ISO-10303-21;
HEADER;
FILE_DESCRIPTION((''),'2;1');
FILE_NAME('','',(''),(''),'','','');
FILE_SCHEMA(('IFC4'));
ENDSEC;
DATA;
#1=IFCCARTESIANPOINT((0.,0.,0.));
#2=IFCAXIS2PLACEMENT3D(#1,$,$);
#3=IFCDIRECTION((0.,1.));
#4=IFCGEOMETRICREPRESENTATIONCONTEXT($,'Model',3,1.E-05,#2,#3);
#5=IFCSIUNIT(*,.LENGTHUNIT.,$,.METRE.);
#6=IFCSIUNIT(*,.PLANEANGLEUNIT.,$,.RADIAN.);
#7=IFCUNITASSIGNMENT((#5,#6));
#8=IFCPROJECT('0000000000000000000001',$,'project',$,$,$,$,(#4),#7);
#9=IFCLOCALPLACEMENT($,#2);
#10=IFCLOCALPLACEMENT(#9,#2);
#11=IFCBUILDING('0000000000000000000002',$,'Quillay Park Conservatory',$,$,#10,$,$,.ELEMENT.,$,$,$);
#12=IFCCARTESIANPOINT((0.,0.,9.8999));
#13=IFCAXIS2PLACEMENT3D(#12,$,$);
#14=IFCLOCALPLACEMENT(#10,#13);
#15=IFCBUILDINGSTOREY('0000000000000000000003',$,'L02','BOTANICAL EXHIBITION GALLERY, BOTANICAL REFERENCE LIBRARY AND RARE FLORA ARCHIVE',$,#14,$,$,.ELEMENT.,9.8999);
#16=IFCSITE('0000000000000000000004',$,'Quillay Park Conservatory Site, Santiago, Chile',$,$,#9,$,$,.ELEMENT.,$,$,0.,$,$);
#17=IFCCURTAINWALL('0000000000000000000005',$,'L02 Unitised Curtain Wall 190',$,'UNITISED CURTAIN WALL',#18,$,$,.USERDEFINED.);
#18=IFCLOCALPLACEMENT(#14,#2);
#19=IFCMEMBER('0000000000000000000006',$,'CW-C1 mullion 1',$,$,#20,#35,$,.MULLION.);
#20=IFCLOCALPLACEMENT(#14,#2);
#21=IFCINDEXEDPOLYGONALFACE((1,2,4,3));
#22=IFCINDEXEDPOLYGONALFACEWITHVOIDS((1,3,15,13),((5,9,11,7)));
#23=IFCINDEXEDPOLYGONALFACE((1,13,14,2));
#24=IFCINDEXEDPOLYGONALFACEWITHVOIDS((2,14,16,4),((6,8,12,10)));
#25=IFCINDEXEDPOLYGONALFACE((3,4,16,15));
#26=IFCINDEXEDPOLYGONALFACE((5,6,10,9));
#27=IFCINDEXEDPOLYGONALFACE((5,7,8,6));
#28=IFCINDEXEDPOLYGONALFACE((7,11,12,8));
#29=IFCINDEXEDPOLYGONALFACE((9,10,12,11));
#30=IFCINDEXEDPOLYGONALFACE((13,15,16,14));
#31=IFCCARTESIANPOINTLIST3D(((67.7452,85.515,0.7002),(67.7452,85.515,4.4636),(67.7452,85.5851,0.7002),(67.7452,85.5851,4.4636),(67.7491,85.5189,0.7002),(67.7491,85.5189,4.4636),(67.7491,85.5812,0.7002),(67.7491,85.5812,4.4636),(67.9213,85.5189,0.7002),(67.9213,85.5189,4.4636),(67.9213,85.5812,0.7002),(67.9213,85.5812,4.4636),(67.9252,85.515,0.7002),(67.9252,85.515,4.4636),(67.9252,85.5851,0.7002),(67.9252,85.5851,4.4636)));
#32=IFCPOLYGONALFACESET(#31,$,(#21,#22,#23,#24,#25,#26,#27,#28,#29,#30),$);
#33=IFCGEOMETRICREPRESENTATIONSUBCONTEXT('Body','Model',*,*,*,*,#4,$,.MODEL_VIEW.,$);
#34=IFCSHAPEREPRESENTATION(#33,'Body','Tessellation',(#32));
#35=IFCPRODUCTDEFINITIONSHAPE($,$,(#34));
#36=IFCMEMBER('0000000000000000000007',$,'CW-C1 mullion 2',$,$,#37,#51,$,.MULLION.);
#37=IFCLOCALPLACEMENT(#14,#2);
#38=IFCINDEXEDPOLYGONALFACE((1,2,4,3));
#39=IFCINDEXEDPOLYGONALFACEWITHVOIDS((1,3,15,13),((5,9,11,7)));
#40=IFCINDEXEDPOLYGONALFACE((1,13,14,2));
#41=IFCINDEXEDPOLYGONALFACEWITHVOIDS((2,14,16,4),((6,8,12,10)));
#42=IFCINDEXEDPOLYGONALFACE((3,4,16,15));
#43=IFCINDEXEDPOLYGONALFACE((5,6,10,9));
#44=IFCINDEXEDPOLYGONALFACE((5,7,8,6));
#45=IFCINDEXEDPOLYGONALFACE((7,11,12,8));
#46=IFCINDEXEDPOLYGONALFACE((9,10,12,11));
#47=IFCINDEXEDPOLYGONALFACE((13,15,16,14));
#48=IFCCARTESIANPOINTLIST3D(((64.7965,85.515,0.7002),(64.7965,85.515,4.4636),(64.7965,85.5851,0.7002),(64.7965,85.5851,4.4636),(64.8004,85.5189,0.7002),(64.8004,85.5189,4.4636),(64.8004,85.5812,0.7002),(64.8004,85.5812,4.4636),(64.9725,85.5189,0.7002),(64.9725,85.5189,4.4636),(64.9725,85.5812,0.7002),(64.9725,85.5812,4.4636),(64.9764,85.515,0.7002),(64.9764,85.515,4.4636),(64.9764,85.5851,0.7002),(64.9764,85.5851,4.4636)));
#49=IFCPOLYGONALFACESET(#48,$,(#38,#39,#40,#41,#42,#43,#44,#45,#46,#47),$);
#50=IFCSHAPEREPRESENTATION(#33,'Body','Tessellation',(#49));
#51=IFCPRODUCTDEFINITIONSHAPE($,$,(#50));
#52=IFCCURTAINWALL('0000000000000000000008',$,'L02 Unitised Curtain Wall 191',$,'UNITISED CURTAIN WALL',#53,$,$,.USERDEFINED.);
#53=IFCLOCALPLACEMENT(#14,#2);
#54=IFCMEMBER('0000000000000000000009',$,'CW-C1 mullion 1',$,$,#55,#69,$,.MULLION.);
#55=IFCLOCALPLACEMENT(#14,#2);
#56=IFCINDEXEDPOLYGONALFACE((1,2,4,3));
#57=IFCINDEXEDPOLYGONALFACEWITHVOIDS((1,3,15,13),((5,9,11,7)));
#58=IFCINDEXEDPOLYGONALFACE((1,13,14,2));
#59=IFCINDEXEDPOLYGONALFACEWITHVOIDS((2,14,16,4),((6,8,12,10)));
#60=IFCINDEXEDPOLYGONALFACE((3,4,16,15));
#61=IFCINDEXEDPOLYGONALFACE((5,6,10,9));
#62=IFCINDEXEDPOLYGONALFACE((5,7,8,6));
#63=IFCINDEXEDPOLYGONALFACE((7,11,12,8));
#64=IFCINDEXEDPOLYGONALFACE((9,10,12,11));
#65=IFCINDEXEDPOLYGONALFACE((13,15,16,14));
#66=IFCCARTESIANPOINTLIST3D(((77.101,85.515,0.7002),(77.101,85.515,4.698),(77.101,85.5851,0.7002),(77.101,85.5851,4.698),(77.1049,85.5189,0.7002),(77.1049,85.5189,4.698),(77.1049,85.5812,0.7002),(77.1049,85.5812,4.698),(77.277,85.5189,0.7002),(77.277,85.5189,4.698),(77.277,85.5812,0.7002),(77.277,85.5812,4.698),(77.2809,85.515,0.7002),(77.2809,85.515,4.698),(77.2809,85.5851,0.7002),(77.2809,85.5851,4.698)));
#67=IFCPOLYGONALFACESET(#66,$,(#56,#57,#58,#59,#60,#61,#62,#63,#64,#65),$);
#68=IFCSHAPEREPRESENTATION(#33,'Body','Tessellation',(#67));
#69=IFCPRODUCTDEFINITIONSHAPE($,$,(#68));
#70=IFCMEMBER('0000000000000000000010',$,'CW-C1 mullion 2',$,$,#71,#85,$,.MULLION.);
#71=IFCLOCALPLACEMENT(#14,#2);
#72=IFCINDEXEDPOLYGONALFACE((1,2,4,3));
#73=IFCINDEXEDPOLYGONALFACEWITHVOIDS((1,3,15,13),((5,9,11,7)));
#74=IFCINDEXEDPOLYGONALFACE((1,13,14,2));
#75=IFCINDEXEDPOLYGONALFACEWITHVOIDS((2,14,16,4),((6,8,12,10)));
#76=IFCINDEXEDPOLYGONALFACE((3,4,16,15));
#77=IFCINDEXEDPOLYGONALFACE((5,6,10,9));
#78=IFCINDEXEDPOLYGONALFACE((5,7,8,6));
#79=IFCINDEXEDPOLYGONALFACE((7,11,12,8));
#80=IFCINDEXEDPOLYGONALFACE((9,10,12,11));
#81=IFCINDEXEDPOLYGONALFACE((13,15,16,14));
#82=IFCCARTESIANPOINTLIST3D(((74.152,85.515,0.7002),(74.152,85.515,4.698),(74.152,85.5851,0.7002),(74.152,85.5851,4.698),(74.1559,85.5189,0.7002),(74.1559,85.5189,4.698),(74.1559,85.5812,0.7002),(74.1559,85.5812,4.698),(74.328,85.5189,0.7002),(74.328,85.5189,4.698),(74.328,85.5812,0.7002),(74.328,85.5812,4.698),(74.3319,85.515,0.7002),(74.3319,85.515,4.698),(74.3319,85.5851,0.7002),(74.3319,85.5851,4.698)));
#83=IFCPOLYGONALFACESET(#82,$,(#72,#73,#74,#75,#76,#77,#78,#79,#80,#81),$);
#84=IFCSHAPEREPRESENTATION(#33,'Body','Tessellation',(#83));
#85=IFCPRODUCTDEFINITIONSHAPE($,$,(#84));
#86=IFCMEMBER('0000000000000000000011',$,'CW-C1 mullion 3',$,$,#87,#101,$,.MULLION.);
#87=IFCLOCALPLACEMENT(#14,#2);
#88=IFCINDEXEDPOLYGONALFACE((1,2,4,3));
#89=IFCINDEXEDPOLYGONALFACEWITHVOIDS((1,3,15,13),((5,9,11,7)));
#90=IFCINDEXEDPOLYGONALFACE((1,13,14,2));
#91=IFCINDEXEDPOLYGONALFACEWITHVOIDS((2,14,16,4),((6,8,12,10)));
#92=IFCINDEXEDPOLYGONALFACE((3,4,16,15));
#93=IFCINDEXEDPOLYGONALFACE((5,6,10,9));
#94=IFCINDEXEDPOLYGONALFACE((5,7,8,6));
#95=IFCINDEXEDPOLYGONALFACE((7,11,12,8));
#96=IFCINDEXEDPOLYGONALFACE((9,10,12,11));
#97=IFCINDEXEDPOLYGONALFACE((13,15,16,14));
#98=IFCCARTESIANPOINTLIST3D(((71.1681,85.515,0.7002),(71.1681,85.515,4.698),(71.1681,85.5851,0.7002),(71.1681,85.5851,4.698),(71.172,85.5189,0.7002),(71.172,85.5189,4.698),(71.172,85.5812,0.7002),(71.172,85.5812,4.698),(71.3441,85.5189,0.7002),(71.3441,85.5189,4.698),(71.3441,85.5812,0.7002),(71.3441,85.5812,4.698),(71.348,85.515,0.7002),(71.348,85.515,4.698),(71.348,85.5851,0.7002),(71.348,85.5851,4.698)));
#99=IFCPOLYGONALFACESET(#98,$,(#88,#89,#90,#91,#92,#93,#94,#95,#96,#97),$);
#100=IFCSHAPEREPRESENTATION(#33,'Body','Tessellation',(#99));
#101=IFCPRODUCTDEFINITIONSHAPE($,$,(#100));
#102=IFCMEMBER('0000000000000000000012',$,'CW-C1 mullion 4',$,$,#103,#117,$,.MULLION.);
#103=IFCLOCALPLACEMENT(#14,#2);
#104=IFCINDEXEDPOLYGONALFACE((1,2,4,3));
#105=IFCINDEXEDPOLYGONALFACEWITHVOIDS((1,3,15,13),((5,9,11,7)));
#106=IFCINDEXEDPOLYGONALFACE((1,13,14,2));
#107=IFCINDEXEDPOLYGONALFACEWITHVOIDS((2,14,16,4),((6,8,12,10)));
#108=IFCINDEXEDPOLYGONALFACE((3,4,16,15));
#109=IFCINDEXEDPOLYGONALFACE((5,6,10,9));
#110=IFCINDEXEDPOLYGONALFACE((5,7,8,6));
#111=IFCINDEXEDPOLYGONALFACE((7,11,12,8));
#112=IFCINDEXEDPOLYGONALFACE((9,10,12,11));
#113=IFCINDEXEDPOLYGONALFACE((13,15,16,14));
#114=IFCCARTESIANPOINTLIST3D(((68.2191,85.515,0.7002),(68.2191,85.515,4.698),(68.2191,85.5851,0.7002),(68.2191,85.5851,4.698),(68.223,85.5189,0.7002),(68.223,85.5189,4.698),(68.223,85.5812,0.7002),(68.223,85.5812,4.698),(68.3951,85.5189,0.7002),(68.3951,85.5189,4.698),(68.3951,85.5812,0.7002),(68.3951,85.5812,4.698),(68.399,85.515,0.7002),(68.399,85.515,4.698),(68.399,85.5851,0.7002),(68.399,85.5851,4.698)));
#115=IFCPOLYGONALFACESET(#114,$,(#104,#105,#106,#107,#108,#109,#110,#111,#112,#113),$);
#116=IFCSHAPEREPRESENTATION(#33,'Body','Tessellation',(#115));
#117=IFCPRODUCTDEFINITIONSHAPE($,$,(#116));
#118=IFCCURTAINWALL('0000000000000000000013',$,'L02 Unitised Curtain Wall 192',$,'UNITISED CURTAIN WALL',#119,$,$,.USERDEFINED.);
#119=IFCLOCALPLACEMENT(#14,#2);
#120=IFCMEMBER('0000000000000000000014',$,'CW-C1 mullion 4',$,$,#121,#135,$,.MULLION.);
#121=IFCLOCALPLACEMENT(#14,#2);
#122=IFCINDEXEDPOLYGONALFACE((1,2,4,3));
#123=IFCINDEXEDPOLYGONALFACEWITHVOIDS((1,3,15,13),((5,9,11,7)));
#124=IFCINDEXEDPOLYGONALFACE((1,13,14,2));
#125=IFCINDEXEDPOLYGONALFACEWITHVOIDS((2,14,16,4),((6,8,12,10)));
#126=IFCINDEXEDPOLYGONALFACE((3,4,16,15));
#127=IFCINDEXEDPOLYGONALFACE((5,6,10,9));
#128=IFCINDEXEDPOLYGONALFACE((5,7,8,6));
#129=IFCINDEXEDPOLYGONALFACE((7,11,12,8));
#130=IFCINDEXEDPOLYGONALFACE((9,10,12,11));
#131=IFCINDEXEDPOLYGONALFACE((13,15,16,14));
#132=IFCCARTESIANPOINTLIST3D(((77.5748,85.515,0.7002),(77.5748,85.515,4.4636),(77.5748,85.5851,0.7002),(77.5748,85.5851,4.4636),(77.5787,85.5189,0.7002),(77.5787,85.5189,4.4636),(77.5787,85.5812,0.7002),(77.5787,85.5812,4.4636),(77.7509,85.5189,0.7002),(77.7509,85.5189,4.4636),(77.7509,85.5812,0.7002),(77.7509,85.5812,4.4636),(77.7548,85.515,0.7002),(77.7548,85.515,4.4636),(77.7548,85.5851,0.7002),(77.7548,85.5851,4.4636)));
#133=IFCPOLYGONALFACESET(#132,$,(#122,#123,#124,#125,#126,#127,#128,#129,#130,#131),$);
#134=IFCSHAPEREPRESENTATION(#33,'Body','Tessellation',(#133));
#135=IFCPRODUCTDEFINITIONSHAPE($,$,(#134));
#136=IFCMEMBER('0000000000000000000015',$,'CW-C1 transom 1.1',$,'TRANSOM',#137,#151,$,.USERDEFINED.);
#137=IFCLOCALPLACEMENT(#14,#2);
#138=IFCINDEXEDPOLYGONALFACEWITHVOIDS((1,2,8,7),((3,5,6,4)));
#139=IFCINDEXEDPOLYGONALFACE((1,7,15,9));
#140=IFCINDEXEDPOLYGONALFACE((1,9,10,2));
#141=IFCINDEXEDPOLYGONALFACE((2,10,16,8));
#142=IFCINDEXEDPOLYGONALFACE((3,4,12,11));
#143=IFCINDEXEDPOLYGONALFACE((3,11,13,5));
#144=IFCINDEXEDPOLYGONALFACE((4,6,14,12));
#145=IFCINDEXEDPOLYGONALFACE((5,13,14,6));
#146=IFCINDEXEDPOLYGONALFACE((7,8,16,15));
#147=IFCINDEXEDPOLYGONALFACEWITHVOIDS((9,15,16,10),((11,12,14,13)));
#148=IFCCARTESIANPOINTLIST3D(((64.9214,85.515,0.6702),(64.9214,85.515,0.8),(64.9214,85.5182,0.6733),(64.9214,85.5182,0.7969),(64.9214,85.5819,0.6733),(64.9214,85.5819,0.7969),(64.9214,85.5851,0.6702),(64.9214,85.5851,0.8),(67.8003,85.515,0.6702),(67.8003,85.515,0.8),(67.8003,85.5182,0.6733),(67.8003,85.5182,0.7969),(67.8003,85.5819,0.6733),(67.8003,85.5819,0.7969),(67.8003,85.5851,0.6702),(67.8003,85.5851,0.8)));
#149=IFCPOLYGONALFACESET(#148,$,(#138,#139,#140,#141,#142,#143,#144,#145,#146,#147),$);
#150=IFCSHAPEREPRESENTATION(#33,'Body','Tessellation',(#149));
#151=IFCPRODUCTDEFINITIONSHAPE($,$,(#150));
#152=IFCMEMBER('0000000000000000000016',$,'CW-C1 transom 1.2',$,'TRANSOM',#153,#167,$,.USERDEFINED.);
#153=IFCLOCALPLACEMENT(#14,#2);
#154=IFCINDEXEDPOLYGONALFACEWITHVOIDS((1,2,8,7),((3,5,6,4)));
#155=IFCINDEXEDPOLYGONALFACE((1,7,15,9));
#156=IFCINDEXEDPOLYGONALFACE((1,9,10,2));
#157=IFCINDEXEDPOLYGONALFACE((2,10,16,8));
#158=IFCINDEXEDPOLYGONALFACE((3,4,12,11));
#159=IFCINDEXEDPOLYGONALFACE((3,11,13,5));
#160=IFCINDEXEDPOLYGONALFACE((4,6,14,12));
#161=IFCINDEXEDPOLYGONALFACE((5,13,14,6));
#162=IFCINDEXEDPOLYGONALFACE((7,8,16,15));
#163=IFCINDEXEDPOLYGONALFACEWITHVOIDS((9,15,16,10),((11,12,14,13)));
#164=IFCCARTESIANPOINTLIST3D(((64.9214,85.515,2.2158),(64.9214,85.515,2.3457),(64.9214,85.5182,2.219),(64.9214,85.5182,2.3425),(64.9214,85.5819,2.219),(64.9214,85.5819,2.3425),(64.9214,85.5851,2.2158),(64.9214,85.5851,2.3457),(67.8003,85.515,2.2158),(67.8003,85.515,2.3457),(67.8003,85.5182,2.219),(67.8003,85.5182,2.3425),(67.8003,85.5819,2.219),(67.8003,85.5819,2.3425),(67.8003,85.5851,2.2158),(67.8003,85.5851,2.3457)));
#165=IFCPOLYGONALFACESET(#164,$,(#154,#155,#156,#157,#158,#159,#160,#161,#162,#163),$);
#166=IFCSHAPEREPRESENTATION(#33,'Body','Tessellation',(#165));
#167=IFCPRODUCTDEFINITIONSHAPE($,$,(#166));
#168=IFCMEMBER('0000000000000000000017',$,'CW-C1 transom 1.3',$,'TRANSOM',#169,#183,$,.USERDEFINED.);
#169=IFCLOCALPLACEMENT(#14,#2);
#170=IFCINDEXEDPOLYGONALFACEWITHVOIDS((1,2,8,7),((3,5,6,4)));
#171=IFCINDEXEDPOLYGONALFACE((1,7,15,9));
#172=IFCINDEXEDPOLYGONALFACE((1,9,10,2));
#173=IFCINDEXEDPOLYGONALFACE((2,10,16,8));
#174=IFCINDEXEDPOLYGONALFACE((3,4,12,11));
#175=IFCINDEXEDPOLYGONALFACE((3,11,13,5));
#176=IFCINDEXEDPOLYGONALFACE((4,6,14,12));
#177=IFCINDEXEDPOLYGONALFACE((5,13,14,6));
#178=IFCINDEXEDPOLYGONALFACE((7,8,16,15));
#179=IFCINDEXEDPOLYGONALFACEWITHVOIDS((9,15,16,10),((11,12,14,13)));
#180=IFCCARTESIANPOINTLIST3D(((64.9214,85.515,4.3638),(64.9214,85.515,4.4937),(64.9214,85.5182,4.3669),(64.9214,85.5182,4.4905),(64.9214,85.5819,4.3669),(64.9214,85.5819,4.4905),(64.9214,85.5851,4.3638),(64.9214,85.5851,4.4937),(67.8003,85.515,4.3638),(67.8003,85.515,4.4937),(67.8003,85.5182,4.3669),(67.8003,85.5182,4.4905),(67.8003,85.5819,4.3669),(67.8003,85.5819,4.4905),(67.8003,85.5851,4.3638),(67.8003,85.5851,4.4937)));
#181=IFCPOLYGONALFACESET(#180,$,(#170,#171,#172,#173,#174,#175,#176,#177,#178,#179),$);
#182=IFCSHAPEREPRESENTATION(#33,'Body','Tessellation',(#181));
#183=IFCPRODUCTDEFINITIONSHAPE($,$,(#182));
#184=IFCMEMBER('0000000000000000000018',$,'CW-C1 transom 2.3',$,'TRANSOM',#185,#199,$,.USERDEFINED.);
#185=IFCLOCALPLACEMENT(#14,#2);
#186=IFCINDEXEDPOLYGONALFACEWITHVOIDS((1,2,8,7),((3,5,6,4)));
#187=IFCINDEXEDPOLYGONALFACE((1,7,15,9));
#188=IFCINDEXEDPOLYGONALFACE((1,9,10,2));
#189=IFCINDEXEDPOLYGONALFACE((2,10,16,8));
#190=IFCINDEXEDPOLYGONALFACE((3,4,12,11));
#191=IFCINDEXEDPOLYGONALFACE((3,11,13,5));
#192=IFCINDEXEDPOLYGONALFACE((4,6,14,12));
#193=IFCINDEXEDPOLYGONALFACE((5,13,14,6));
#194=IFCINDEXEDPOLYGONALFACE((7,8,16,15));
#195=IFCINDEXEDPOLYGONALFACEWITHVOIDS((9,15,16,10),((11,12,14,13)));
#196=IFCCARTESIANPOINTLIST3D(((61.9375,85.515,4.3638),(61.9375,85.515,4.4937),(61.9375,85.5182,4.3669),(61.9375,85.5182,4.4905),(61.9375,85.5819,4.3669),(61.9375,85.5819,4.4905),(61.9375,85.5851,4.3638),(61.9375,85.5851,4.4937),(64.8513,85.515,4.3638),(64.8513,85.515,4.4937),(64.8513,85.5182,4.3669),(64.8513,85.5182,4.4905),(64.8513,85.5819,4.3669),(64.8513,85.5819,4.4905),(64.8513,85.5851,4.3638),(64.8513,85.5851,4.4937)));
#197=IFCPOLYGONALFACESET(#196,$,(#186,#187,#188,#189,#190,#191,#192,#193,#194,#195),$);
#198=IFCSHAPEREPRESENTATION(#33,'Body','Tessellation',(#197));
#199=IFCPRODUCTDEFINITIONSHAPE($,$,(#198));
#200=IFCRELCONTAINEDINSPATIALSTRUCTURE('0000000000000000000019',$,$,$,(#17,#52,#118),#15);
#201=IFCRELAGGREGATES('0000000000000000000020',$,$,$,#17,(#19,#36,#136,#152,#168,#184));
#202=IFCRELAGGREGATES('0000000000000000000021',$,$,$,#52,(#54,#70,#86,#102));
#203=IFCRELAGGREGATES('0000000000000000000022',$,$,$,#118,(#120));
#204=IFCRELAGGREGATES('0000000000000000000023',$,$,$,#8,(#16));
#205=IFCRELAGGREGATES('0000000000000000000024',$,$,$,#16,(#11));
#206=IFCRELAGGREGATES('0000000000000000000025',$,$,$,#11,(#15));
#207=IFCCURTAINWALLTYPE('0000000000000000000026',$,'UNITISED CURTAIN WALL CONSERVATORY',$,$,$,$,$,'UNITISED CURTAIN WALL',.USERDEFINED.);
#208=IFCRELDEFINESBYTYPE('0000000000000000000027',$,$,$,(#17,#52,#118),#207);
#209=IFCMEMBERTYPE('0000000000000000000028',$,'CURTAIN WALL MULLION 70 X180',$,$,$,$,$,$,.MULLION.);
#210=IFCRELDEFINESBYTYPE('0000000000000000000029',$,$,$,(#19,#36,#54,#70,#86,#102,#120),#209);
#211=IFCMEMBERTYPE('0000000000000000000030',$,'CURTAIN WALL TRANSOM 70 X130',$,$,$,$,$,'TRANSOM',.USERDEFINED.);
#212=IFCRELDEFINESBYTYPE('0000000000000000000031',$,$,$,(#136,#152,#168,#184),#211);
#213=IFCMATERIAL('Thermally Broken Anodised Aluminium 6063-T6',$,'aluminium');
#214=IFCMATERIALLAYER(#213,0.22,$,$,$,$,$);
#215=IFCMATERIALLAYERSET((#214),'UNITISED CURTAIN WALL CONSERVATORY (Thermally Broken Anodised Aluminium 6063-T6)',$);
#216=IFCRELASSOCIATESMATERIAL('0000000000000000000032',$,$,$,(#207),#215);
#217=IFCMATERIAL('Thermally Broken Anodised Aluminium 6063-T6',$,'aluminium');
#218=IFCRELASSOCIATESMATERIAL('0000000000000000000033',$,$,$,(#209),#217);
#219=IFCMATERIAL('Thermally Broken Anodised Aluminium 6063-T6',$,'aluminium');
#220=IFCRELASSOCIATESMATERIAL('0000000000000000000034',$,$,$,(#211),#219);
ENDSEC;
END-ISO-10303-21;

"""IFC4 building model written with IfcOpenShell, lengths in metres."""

from ifc_helpers import new_model, si_unit, direction, frame, origin, origin_2d, place, context, subcontext, project, spatial, hollow_rectangle, extrude, material, layer, layer_set, material_profile, profile_set, type_object, element, aggregate, save


model = new_model("IFC4")

# Units and contexts
model_context = context("Model", 3, precision=1e-05, world=origin(), true_north=direction((0.0, 1.0)))
body_context = subcontext(model_context, "Body", "Model", "MODEL_VIEW")
ifc_project = project(units=[si_unit("LENGTHUNIT", "METRE"), si_unit("PLANEANGLEUNIT", "RADIAN")], contexts=[model_context])

# Site, building, storey
site_placement = place(None, origin())
site = spatial("IfcSite", under=ifc_project, at=site_placement, Name="Quillay Park Conservatory Site, Santiago, Chile", CompositionType="ELEMENT", RefElevation=0.0)
building_placement = place(site_placement, origin())
building = spatial("IfcBuilding", under=site, at=building_placement, Name="Quillay Park Conservatory", CompositionType="ELEMENT")
storey_placement = place(building_placement, frame((0.0, 0.0, 9.8999)))
storey = spatial("IfcBuildingStorey", under=building, at=storey_placement, Name="L02", Description="BOTANICAL EXHIBITION GALLERY, BOTANICAL REFERENCE LIBRARY AND RARE FLORA ARCHIVE", CompositionType="ELEMENT", Elevation=9.8999)

# Curtain walls, members
ifc_material_1 = material(Name="Thermally Broken Anodised Aluminium 6063-T6", Category="aluminium")
ifc_layer_1 = layer(ifc_material_1, 0.22)
ifc_layer_set_1 = layer_set([ifc_layer_1], Name="UNITISED CURTAIN WALL CONSERVATORY (Thermally Broken Anodised Aluminium 6063-T6)")
curtain_wall_type = type_object("IfcCurtainWallType", Name="UNITISED CURTAIN WALL CONSERVATORY", ElementType="UNITISED CURTAIN WALL", PredefinedType="USERDEFINED", material=ifc_layer_set_1)
curtain_wall_1_placement = place(storey_placement, origin())
curtain_wall_1 = element("IfcCurtainWall", 1, at=curtain_wall_1_placement, inside=storey, type_object=curtain_wall_type, Name="L02 Unitised Curtain Wall 190", ObjectType="UNITISED CURTAIN WALL", PredefinedType="USERDEFINED")
ifc_material_2 = material(Name="Thermally Broken Anodised Aluminium 6063-T6", Category="aluminium")
ifc_material_profile_1 = material_profile(ifc_material_2, hollow_rectangle(XDim=0.0701, YDim=0.1799, WallThickness=0.0039, at=origin_2d()), Name="AL70x180x4")
ifc_profile_set_1 = profile_set([ifc_material_profile_1], Name="Thermally Broken Anodised Aluminium 6063-T6")
member_type_1 = type_object("IfcMemberType", Name="CURTAIN WALL MULLION 70 X180", PredefinedType="MULLION", material=ifc_profile_set_1)
member_1_placement = place(storey_placement, frame((67.8352, 85.55, 0.7002), z_axis=(0.0, 0.0, 1.0), x_axis=(0.0, -1.0, 0.0)))
member_1 = element("IfcMember", 2, at=member_1_placement, type_object=member_type_1, Name="CW-C1 mullion 1", PredefinedType="MULLION", context=body_context, shape_type="SweptSolid", body=[
    extrude(hollow_rectangle(XDim=0.0701, YDim=0.1799, WallThickness=0.0039, at=origin_2d()), origin(), (0.0, 0.0, 1.0), 3.7634),
])
member_2_placement = place(storey_placement, frame((64.8865, 85.55, 0.7002), z_axis=(0.0, 0.0, 1.0), x_axis=(0.0, -1.0, 0.0)))
member_2 = element("IfcMember", 3, at=member_2_placement, type_object=member_type_1, Name="CW-C1 mullion 2", PredefinedType="MULLION", context=body_context, shape_type="SweptSolid", body=[
    extrude(hollow_rectangle(XDim=0.0701, YDim=0.1799, WallThickness=0.0039, at=origin_2d()), origin(), (0.0, 0.0, 1.0), 3.7634),
])
curtain_wall_2_placement = place(storey_placement, origin())
curtain_wall_2 = element("IfcCurtainWall", 4, at=curtain_wall_2_placement, inside=storey, type_object=curtain_wall_type, Name="L02 Unitised Curtain Wall 191", ObjectType="UNITISED CURTAIN WALL", PredefinedType="USERDEFINED")
member_3_placement = place(storey_placement, frame((77.1909, 85.55, 0.7002), z_axis=(0.0, 0.0, 1.0), x_axis=(0.0, -1.0, 0.0)))
member_3 = element("IfcMember", 5, at=member_3_placement, type_object=member_type_1, Name="CW-C1 mullion 1", PredefinedType="MULLION", context=body_context, shape_type="SweptSolid", body=[
    extrude(hollow_rectangle(XDim=0.0701, YDim=0.1799, WallThickness=0.0039, at=origin_2d()), origin(), (0.0, 0.0, 1.0), 3.9978),
])
member_4_placement = place(storey_placement, frame((74.2419, 85.55, 0.7002), z_axis=(0.0, 0.0, 1.0), x_axis=(0.0, -1.0, 0.0)))
member_4 = element("IfcMember", 6, at=member_4_placement, type_object=member_type_1, Name="CW-C1 mullion 2", PredefinedType="MULLION", context=body_context, shape_type="SweptSolid", body=[
    extrude(hollow_rectangle(XDim=0.0701, YDim=0.1799, WallThickness=0.0039, at=origin_2d()), origin(), (0.0, 0.0, 1.0), 3.9978),
])
member_5_placement = place(storey_placement, frame((71.2581, 85.55, 0.7002), z_axis=(0.0, 0.0, 1.0), x_axis=(0.0, -1.0, 0.0)))
member_5 = element("IfcMember", 7, at=member_5_placement, type_object=member_type_1, Name="CW-C1 mullion 3", PredefinedType="MULLION", context=body_context, shape_type="SweptSolid", body=[
    extrude(hollow_rectangle(XDim=0.0701, YDim=0.1799, WallThickness=0.0039, at=origin_2d()), origin(), (0.0, 0.0, 1.0), 3.9978),
])
member_6_placement = place(storey_placement, frame((68.3091, 85.55, 0.7002), z_axis=(0.0, 0.0, 1.0), x_axis=(0.0, -1.0, 0.0)))
member_6 = element("IfcMember", 8, at=member_6_placement, type_object=member_type_1, Name="CW-C1 mullion 4", PredefinedType="MULLION", context=body_context, shape_type="SweptSolid", body=[
    extrude(hollow_rectangle(XDim=0.0701, YDim=0.1799, WallThickness=0.0039, at=origin_2d()), origin(), (0.0, 0.0, 1.0), 3.9978),
])

# Curtain wall, member
curtain_wall_3_placement = place(storey_placement, origin())
curtain_wall_3 = element("IfcCurtainWall", 9, at=curtain_wall_3_placement, inside=storey, type_object=curtain_wall_type, Name="L02 Unitised Curtain Wall 192", ObjectType="UNITISED CURTAIN WALL", PredefinedType="USERDEFINED")
member_7_placement = place(storey_placement, frame((77.6648, 85.55, 0.7002), z_axis=(0.0, 0.0, 1.0), x_axis=(0.0, -1.0, 0.0)))
member_7 = element("IfcMember", 10, at=member_7_placement, type_object=member_type_1, Name="CW-C1 mullion 4", PredefinedType="MULLION", context=body_context, shape_type="SweptSolid", body=[
    extrude(hollow_rectangle(XDim=0.0701, YDim=0.1799, WallThickness=0.0039, at=origin_2d()), origin(), (0.0, 0.0, 1.0), 3.7634),
])

# Members
ifc_material_3 = material(Name="Thermally Broken Anodised Aluminium 6063-T6", Category="aluminium")
ifc_material_profile_2 = material_profile(ifc_material_3, hollow_rectangle(XDim=0.0701, YDim=0.1299, WallThickness=0.0032, at=origin_2d()), Name="AL70x130x3.2")
ifc_profile_set_2 = profile_set([ifc_material_profile_2], Name="Thermally Broken Anodised Aluminium 6063-T6")
member_type_2 = type_object("IfcMemberType", Name="CURTAIN WALL TRANSOM 70 X130", ElementType="TRANSOM", PredefinedType="USERDEFINED", material=ifc_profile_set_2)
member_8_placement = place(storey_placement, frame((67.8003, 85.55, 0.7351), z_axis=(-1.0, 0.0, 0.0), x_axis=(0.0, -1.0, 0.0)))
member_8 = element("IfcMember", 11, at=member_8_placement, type_object=member_type_2, Name="CW-C1 transom 1.1", ObjectType="TRANSOM", PredefinedType="USERDEFINED", context=body_context, shape_type="SweptSolid", body=[
    extrude(hollow_rectangle(XDim=0.0701, YDim=0.1299, WallThickness=0.0032, at=origin_2d()), origin(), (0.0, 0.0, 1.0), 2.8789),
])
member_9_placement = place(storey_placement, frame((67.8003, 85.55, 2.2808), z_axis=(-1.0, 0.0, 0.0), x_axis=(0.0, -1.0, 0.0)))
member_9 = element("IfcMember", 12, at=member_9_placement, type_object=member_type_2, Name="CW-C1 transom 1.2", ObjectType="TRANSOM", PredefinedType="USERDEFINED", context=body_context, shape_type="SweptSolid", body=[
    extrude(hollow_rectangle(XDim=0.0701, YDim=0.1299, WallThickness=0.0032, at=origin_2d()), origin(), (0.0, 0.0, 1.0), 2.8789),
])
member_10_placement = place(storey_placement, frame((67.8003, 85.55, 4.4287), z_axis=(-1.0, 0.0, 0.0), x_axis=(0.0, -1.0, 0.0)))
member_10 = element("IfcMember", 13, at=member_10_placement, type_object=member_type_2, Name="CW-C1 transom 1.3", ObjectType="TRANSOM", PredefinedType="USERDEFINED", context=body_context, shape_type="SweptSolid", body=[
    extrude(hollow_rectangle(XDim=0.0701, YDim=0.1299, WallThickness=0.0032, at=origin_2d()), origin(), (0.0, 0.0, 1.0), 2.8789),
])
member_11_placement = place(storey_placement, frame((64.8513, 85.55, 4.4287), z_axis=(-1.0, 0.0, 0.0), x_axis=(0.0, -1.0, 0.0)))
member_11 = element("IfcMember", 14, at=member_11_placement, type_object=member_type_2, Name="CW-C1 transom 2.3", ObjectType="TRANSOM", PredefinedType="USERDEFINED", context=body_context, shape_type="SweptSolid", body=[
    extrude(hollow_rectangle(XDim=0.0701, YDim=0.1299, WallThickness=0.0032, at=origin_2d()), origin(), (0.0, 0.0, 1.0), 2.9138),
])

aggregate(curtain_wall_1, [member_1, member_2, member_8, member_9, member_10, member_11])
aggregate(curtain_wall_2, [member_3, member_4, member_5, member_6])
aggregate(curtain_wall_3, [member_7])

save(model, "model.ifc")
